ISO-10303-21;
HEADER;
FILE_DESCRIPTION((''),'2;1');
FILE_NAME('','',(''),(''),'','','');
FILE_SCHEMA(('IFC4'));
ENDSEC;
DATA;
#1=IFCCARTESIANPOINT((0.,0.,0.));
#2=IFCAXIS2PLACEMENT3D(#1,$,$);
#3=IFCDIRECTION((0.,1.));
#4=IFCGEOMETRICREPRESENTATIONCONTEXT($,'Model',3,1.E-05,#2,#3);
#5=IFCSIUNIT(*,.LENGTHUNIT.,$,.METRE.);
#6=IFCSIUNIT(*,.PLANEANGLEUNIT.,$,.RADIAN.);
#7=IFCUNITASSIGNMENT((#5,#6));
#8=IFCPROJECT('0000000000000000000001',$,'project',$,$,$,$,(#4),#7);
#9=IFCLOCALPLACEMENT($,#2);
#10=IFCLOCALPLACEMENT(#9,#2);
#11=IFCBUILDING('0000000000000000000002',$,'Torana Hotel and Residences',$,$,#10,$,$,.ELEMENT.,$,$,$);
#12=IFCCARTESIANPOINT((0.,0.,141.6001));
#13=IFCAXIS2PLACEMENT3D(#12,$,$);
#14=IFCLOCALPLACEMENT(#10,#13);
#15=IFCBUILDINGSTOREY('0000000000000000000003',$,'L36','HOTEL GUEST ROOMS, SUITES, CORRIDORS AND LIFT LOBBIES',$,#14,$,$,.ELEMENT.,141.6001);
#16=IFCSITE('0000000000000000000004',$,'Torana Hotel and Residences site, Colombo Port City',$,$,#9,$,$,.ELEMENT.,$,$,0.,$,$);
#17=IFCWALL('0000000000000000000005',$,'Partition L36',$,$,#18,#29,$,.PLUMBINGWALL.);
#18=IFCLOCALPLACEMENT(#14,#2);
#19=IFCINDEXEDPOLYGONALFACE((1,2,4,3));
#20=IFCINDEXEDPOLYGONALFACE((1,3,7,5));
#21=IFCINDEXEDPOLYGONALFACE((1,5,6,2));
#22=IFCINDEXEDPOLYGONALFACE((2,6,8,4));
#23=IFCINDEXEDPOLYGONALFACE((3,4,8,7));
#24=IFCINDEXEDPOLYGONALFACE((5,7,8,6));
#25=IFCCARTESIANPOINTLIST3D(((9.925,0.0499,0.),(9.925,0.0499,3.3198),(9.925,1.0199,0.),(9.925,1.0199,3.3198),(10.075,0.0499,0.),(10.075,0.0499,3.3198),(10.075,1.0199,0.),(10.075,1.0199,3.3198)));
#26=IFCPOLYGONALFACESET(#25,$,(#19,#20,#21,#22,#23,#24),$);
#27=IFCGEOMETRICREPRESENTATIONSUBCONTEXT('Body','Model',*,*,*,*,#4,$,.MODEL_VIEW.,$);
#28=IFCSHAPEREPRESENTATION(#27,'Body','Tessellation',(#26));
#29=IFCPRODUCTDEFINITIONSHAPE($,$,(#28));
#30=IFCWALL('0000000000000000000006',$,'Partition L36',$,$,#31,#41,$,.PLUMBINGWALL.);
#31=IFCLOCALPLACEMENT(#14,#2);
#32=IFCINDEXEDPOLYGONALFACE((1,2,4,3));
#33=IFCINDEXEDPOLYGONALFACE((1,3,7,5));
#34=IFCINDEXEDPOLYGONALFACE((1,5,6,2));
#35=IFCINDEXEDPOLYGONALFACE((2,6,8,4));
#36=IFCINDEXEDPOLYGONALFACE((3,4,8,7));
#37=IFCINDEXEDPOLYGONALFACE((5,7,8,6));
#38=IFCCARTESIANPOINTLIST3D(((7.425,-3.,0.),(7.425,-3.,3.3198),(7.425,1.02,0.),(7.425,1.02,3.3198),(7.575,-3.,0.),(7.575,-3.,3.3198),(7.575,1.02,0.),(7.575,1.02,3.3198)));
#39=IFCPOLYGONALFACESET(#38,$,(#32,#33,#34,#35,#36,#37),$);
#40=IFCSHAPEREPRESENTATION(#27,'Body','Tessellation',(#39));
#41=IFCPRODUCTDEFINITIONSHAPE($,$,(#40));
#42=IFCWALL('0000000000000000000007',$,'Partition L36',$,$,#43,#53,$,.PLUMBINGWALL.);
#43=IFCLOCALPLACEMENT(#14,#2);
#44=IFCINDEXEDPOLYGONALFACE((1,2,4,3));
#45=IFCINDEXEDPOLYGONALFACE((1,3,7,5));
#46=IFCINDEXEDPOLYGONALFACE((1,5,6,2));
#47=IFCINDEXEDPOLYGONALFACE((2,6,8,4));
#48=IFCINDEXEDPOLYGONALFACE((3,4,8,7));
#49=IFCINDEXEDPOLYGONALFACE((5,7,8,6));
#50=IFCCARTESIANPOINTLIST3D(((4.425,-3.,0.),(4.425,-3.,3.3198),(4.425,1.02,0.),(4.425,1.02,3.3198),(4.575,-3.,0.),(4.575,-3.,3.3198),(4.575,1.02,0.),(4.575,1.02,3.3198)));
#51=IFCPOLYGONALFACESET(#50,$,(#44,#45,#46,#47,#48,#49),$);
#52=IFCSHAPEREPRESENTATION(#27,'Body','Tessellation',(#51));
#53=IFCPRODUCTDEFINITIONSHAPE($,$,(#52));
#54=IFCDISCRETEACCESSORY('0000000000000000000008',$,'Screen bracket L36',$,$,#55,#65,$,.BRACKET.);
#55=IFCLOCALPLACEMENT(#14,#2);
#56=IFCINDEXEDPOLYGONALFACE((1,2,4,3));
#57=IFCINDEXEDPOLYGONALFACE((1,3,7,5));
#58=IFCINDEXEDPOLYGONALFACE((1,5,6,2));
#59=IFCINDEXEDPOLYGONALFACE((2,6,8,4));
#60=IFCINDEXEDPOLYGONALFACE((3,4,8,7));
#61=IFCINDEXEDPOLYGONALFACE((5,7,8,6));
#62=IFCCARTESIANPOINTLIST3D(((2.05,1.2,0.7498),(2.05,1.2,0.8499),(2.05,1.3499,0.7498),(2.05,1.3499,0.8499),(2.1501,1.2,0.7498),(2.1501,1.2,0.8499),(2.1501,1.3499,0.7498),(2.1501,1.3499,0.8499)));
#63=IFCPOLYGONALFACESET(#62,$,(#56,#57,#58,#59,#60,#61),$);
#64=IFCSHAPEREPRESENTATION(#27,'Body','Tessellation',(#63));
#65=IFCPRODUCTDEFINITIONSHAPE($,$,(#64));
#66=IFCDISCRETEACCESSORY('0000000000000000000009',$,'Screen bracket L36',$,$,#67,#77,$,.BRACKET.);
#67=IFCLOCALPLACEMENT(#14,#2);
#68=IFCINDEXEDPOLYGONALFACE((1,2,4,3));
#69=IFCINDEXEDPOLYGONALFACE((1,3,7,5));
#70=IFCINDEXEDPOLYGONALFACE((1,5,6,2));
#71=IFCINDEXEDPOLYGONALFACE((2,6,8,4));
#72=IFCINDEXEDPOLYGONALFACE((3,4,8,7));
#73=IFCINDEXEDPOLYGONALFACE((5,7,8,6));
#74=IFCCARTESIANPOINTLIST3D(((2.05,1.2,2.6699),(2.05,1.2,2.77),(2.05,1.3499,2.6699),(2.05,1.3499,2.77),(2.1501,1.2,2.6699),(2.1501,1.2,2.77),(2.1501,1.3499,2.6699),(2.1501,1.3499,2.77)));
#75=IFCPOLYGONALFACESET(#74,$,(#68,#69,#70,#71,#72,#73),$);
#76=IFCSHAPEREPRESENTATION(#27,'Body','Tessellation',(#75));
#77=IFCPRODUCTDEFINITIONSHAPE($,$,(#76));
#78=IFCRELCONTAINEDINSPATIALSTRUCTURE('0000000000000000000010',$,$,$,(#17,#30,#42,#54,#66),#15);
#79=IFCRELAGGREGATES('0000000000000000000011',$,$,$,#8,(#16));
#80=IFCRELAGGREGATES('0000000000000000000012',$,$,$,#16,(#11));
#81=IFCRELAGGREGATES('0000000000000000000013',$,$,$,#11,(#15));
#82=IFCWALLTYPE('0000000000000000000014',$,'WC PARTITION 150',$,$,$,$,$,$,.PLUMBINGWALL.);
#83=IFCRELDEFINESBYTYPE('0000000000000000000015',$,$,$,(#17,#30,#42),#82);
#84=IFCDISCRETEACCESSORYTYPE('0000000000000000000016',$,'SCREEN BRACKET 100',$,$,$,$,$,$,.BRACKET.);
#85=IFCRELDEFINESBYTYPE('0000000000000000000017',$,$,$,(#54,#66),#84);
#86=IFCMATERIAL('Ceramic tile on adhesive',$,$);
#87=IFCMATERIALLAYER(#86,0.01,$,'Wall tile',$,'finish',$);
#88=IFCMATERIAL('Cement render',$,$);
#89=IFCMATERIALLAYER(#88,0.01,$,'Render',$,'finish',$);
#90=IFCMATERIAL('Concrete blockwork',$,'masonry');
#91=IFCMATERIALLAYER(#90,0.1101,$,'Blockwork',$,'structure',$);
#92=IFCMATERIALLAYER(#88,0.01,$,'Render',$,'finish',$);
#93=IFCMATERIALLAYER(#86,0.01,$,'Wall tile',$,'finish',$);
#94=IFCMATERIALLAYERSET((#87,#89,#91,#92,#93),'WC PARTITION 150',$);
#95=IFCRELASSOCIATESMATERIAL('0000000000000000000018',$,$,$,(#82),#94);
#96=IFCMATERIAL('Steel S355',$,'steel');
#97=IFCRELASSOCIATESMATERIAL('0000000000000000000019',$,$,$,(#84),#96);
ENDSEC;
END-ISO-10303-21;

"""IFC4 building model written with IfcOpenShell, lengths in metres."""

from ifc_helpers import new_model, si_unit, direction, frame, frame_2d, origin, origin_2d, place, context, subcontext, project, spatial, rectangle, extrude, material, layer, layer_set, type_object, element, save


model = new_model("IFC4")

# Units and contexts
model_context = context("Model", 3, precision=1e-05, world=origin(), true_north=direction((0.0, 1.0)))
body_context = subcontext(model_context, "Body", "Model", "MODEL_VIEW")
ifc_project = project(units=[si_unit("LENGTHUNIT", "METRE"), si_unit("PLANEANGLEUNIT", "RADIAN")], contexts=[model_context])

# Site, building, storey
site_placement = place(None, origin())
site = spatial("IfcSite", under=ifc_project, at=site_placement, Name="Torana Hotel and Residences site, Colombo Port City", CompositionType="ELEMENT", RefElevation=0.0)
building_placement = place(site_placement, origin())
building = spatial("IfcBuilding", under=site, at=building_placement, Name="Torana Hotel and Residences", CompositionType="ELEMENT")
storey_placement = place(building_placement, frame((0.0, 0.0, 141.6001)))
storey = spatial("IfcBuildingStorey", under=building, at=storey_placement, Name="L36", Description="HOTEL GUEST ROOMS, SUITES, CORRIDORS AND LIFT LOBBIES", CompositionType="ELEMENT", Elevation=141.6001)

# Walls
ifc_material_1 = material(Name="Concrete blockwork", Category="masonry")
ifc_material_2 = material(Name="Ceramic tile on adhesive")
ifc_layer_1 = layer(ifc_material_2, 0.01, Name="Wall tile", Category="finish")
ifc_material_3 = material(Name="Cement render")
ifc_layer_2 = layer(ifc_material_3, 0.01, Name="Render", Category="finish")
ifc_layer_3 = layer(ifc_material_1, 0.1101, Name="Blockwork", Category="structure")
ifc_layer_4 = layer(ifc_material_3, 0.01, Name="Render", Category="finish")
ifc_layer_5 = layer(ifc_material_2, 0.01, Name="Wall tile", Category="finish")
ifc_layer_set_1 = layer_set([ifc_layer_1, ifc_layer_2, ifc_layer_3, ifc_layer_4, ifc_layer_5], Name="WC PARTITION 150")
wall_type_1 = type_object("IfcWallType", Name="WC PARTITION 150", PredefinedType="PLUMBINGWALL", material=ifc_layer_set_1)
wall_1_placement = place(storey_placement, frame((10.0, 0.05, 0.0), z_axis=(0.0, 0.0, 1.0), x_axis=(0.0, 1.0, 0.0)))
element("IfcWall", 1, at=wall_1_placement, inside=storey, type_object=wall_type_1, Name="Partition L36", PredefinedType="PLUMBINGWALL", context=body_context, shape_type="SweptSolid", body=[
    extrude(rectangle(XDim=0.97, YDim=0.1499, at=frame_2d((0.4849, 0.0))), origin(), (0.0, 0.0, 1.0), 3.3198),
])
for number, where, z_axis, x_axis, name in (
    (2, (7.5, -3.0, 0.0), (0.0, 0.0, 1.0), (0.0, 1.0, 0.0), "Partition L36"),
    (3, (4.5, -3.0, 0.0), (0.0, 0.0, 1.0), (0.0, 1.0, 0.0), "Partition L36"),
):
    element("IfcWall", number, at=place(storey_placement, frame(where, z_axis=z_axis, x_axis=x_axis)), inside=storey, type_object=wall_type_1, Name=name, PredefinedType="PLUMBINGWALL", context=body_context, shape_type="SweptSolid", body=[
        extrude(rectangle(XDim=4.02, YDim=0.1499, at=frame_2d((2.01, 0.0))), origin(), (0.0, 0.0, 1.0), 3.3198),
    ])

# Discrete accessories
ifc_material_4 = material(Name="Steel S355", Category="steel")
discrete_accessory_type = type_object("IfcDiscreteAccessoryType", Name="SCREEN BRACKET 100", PredefinedType="BRACKET", material=ifc_material_4)
for number, where, z_axis, x_axis, name in (
    (4, (2.1001, 1.2749, 0.7498), (0.0, 0.0, 1.0), (-1.0, 0.0, 0.0), "Screen bracket L36"),
    (5, (2.1001, 1.2749, 2.6699), (0.0, 0.0, 1.0), (-1.0, 0.0, 0.0), "Screen bracket L36"),
):
    element("IfcDiscreteAccessory", number, at=place(storey_placement, frame(where, z_axis=z_axis, x_axis=x_axis)), inside=storey, type_object=discrete_accessory_type, Name=name, PredefinedType="BRACKET", context=body_context, shape_type="SweptSolid", body=[
        extrude(rectangle(XDim=0.1001, YDim=0.1499, at=origin_2d()), origin(), (0.0, 0.0, 1.0), 0.1001),
    ])

save(model, "model.ifc")
